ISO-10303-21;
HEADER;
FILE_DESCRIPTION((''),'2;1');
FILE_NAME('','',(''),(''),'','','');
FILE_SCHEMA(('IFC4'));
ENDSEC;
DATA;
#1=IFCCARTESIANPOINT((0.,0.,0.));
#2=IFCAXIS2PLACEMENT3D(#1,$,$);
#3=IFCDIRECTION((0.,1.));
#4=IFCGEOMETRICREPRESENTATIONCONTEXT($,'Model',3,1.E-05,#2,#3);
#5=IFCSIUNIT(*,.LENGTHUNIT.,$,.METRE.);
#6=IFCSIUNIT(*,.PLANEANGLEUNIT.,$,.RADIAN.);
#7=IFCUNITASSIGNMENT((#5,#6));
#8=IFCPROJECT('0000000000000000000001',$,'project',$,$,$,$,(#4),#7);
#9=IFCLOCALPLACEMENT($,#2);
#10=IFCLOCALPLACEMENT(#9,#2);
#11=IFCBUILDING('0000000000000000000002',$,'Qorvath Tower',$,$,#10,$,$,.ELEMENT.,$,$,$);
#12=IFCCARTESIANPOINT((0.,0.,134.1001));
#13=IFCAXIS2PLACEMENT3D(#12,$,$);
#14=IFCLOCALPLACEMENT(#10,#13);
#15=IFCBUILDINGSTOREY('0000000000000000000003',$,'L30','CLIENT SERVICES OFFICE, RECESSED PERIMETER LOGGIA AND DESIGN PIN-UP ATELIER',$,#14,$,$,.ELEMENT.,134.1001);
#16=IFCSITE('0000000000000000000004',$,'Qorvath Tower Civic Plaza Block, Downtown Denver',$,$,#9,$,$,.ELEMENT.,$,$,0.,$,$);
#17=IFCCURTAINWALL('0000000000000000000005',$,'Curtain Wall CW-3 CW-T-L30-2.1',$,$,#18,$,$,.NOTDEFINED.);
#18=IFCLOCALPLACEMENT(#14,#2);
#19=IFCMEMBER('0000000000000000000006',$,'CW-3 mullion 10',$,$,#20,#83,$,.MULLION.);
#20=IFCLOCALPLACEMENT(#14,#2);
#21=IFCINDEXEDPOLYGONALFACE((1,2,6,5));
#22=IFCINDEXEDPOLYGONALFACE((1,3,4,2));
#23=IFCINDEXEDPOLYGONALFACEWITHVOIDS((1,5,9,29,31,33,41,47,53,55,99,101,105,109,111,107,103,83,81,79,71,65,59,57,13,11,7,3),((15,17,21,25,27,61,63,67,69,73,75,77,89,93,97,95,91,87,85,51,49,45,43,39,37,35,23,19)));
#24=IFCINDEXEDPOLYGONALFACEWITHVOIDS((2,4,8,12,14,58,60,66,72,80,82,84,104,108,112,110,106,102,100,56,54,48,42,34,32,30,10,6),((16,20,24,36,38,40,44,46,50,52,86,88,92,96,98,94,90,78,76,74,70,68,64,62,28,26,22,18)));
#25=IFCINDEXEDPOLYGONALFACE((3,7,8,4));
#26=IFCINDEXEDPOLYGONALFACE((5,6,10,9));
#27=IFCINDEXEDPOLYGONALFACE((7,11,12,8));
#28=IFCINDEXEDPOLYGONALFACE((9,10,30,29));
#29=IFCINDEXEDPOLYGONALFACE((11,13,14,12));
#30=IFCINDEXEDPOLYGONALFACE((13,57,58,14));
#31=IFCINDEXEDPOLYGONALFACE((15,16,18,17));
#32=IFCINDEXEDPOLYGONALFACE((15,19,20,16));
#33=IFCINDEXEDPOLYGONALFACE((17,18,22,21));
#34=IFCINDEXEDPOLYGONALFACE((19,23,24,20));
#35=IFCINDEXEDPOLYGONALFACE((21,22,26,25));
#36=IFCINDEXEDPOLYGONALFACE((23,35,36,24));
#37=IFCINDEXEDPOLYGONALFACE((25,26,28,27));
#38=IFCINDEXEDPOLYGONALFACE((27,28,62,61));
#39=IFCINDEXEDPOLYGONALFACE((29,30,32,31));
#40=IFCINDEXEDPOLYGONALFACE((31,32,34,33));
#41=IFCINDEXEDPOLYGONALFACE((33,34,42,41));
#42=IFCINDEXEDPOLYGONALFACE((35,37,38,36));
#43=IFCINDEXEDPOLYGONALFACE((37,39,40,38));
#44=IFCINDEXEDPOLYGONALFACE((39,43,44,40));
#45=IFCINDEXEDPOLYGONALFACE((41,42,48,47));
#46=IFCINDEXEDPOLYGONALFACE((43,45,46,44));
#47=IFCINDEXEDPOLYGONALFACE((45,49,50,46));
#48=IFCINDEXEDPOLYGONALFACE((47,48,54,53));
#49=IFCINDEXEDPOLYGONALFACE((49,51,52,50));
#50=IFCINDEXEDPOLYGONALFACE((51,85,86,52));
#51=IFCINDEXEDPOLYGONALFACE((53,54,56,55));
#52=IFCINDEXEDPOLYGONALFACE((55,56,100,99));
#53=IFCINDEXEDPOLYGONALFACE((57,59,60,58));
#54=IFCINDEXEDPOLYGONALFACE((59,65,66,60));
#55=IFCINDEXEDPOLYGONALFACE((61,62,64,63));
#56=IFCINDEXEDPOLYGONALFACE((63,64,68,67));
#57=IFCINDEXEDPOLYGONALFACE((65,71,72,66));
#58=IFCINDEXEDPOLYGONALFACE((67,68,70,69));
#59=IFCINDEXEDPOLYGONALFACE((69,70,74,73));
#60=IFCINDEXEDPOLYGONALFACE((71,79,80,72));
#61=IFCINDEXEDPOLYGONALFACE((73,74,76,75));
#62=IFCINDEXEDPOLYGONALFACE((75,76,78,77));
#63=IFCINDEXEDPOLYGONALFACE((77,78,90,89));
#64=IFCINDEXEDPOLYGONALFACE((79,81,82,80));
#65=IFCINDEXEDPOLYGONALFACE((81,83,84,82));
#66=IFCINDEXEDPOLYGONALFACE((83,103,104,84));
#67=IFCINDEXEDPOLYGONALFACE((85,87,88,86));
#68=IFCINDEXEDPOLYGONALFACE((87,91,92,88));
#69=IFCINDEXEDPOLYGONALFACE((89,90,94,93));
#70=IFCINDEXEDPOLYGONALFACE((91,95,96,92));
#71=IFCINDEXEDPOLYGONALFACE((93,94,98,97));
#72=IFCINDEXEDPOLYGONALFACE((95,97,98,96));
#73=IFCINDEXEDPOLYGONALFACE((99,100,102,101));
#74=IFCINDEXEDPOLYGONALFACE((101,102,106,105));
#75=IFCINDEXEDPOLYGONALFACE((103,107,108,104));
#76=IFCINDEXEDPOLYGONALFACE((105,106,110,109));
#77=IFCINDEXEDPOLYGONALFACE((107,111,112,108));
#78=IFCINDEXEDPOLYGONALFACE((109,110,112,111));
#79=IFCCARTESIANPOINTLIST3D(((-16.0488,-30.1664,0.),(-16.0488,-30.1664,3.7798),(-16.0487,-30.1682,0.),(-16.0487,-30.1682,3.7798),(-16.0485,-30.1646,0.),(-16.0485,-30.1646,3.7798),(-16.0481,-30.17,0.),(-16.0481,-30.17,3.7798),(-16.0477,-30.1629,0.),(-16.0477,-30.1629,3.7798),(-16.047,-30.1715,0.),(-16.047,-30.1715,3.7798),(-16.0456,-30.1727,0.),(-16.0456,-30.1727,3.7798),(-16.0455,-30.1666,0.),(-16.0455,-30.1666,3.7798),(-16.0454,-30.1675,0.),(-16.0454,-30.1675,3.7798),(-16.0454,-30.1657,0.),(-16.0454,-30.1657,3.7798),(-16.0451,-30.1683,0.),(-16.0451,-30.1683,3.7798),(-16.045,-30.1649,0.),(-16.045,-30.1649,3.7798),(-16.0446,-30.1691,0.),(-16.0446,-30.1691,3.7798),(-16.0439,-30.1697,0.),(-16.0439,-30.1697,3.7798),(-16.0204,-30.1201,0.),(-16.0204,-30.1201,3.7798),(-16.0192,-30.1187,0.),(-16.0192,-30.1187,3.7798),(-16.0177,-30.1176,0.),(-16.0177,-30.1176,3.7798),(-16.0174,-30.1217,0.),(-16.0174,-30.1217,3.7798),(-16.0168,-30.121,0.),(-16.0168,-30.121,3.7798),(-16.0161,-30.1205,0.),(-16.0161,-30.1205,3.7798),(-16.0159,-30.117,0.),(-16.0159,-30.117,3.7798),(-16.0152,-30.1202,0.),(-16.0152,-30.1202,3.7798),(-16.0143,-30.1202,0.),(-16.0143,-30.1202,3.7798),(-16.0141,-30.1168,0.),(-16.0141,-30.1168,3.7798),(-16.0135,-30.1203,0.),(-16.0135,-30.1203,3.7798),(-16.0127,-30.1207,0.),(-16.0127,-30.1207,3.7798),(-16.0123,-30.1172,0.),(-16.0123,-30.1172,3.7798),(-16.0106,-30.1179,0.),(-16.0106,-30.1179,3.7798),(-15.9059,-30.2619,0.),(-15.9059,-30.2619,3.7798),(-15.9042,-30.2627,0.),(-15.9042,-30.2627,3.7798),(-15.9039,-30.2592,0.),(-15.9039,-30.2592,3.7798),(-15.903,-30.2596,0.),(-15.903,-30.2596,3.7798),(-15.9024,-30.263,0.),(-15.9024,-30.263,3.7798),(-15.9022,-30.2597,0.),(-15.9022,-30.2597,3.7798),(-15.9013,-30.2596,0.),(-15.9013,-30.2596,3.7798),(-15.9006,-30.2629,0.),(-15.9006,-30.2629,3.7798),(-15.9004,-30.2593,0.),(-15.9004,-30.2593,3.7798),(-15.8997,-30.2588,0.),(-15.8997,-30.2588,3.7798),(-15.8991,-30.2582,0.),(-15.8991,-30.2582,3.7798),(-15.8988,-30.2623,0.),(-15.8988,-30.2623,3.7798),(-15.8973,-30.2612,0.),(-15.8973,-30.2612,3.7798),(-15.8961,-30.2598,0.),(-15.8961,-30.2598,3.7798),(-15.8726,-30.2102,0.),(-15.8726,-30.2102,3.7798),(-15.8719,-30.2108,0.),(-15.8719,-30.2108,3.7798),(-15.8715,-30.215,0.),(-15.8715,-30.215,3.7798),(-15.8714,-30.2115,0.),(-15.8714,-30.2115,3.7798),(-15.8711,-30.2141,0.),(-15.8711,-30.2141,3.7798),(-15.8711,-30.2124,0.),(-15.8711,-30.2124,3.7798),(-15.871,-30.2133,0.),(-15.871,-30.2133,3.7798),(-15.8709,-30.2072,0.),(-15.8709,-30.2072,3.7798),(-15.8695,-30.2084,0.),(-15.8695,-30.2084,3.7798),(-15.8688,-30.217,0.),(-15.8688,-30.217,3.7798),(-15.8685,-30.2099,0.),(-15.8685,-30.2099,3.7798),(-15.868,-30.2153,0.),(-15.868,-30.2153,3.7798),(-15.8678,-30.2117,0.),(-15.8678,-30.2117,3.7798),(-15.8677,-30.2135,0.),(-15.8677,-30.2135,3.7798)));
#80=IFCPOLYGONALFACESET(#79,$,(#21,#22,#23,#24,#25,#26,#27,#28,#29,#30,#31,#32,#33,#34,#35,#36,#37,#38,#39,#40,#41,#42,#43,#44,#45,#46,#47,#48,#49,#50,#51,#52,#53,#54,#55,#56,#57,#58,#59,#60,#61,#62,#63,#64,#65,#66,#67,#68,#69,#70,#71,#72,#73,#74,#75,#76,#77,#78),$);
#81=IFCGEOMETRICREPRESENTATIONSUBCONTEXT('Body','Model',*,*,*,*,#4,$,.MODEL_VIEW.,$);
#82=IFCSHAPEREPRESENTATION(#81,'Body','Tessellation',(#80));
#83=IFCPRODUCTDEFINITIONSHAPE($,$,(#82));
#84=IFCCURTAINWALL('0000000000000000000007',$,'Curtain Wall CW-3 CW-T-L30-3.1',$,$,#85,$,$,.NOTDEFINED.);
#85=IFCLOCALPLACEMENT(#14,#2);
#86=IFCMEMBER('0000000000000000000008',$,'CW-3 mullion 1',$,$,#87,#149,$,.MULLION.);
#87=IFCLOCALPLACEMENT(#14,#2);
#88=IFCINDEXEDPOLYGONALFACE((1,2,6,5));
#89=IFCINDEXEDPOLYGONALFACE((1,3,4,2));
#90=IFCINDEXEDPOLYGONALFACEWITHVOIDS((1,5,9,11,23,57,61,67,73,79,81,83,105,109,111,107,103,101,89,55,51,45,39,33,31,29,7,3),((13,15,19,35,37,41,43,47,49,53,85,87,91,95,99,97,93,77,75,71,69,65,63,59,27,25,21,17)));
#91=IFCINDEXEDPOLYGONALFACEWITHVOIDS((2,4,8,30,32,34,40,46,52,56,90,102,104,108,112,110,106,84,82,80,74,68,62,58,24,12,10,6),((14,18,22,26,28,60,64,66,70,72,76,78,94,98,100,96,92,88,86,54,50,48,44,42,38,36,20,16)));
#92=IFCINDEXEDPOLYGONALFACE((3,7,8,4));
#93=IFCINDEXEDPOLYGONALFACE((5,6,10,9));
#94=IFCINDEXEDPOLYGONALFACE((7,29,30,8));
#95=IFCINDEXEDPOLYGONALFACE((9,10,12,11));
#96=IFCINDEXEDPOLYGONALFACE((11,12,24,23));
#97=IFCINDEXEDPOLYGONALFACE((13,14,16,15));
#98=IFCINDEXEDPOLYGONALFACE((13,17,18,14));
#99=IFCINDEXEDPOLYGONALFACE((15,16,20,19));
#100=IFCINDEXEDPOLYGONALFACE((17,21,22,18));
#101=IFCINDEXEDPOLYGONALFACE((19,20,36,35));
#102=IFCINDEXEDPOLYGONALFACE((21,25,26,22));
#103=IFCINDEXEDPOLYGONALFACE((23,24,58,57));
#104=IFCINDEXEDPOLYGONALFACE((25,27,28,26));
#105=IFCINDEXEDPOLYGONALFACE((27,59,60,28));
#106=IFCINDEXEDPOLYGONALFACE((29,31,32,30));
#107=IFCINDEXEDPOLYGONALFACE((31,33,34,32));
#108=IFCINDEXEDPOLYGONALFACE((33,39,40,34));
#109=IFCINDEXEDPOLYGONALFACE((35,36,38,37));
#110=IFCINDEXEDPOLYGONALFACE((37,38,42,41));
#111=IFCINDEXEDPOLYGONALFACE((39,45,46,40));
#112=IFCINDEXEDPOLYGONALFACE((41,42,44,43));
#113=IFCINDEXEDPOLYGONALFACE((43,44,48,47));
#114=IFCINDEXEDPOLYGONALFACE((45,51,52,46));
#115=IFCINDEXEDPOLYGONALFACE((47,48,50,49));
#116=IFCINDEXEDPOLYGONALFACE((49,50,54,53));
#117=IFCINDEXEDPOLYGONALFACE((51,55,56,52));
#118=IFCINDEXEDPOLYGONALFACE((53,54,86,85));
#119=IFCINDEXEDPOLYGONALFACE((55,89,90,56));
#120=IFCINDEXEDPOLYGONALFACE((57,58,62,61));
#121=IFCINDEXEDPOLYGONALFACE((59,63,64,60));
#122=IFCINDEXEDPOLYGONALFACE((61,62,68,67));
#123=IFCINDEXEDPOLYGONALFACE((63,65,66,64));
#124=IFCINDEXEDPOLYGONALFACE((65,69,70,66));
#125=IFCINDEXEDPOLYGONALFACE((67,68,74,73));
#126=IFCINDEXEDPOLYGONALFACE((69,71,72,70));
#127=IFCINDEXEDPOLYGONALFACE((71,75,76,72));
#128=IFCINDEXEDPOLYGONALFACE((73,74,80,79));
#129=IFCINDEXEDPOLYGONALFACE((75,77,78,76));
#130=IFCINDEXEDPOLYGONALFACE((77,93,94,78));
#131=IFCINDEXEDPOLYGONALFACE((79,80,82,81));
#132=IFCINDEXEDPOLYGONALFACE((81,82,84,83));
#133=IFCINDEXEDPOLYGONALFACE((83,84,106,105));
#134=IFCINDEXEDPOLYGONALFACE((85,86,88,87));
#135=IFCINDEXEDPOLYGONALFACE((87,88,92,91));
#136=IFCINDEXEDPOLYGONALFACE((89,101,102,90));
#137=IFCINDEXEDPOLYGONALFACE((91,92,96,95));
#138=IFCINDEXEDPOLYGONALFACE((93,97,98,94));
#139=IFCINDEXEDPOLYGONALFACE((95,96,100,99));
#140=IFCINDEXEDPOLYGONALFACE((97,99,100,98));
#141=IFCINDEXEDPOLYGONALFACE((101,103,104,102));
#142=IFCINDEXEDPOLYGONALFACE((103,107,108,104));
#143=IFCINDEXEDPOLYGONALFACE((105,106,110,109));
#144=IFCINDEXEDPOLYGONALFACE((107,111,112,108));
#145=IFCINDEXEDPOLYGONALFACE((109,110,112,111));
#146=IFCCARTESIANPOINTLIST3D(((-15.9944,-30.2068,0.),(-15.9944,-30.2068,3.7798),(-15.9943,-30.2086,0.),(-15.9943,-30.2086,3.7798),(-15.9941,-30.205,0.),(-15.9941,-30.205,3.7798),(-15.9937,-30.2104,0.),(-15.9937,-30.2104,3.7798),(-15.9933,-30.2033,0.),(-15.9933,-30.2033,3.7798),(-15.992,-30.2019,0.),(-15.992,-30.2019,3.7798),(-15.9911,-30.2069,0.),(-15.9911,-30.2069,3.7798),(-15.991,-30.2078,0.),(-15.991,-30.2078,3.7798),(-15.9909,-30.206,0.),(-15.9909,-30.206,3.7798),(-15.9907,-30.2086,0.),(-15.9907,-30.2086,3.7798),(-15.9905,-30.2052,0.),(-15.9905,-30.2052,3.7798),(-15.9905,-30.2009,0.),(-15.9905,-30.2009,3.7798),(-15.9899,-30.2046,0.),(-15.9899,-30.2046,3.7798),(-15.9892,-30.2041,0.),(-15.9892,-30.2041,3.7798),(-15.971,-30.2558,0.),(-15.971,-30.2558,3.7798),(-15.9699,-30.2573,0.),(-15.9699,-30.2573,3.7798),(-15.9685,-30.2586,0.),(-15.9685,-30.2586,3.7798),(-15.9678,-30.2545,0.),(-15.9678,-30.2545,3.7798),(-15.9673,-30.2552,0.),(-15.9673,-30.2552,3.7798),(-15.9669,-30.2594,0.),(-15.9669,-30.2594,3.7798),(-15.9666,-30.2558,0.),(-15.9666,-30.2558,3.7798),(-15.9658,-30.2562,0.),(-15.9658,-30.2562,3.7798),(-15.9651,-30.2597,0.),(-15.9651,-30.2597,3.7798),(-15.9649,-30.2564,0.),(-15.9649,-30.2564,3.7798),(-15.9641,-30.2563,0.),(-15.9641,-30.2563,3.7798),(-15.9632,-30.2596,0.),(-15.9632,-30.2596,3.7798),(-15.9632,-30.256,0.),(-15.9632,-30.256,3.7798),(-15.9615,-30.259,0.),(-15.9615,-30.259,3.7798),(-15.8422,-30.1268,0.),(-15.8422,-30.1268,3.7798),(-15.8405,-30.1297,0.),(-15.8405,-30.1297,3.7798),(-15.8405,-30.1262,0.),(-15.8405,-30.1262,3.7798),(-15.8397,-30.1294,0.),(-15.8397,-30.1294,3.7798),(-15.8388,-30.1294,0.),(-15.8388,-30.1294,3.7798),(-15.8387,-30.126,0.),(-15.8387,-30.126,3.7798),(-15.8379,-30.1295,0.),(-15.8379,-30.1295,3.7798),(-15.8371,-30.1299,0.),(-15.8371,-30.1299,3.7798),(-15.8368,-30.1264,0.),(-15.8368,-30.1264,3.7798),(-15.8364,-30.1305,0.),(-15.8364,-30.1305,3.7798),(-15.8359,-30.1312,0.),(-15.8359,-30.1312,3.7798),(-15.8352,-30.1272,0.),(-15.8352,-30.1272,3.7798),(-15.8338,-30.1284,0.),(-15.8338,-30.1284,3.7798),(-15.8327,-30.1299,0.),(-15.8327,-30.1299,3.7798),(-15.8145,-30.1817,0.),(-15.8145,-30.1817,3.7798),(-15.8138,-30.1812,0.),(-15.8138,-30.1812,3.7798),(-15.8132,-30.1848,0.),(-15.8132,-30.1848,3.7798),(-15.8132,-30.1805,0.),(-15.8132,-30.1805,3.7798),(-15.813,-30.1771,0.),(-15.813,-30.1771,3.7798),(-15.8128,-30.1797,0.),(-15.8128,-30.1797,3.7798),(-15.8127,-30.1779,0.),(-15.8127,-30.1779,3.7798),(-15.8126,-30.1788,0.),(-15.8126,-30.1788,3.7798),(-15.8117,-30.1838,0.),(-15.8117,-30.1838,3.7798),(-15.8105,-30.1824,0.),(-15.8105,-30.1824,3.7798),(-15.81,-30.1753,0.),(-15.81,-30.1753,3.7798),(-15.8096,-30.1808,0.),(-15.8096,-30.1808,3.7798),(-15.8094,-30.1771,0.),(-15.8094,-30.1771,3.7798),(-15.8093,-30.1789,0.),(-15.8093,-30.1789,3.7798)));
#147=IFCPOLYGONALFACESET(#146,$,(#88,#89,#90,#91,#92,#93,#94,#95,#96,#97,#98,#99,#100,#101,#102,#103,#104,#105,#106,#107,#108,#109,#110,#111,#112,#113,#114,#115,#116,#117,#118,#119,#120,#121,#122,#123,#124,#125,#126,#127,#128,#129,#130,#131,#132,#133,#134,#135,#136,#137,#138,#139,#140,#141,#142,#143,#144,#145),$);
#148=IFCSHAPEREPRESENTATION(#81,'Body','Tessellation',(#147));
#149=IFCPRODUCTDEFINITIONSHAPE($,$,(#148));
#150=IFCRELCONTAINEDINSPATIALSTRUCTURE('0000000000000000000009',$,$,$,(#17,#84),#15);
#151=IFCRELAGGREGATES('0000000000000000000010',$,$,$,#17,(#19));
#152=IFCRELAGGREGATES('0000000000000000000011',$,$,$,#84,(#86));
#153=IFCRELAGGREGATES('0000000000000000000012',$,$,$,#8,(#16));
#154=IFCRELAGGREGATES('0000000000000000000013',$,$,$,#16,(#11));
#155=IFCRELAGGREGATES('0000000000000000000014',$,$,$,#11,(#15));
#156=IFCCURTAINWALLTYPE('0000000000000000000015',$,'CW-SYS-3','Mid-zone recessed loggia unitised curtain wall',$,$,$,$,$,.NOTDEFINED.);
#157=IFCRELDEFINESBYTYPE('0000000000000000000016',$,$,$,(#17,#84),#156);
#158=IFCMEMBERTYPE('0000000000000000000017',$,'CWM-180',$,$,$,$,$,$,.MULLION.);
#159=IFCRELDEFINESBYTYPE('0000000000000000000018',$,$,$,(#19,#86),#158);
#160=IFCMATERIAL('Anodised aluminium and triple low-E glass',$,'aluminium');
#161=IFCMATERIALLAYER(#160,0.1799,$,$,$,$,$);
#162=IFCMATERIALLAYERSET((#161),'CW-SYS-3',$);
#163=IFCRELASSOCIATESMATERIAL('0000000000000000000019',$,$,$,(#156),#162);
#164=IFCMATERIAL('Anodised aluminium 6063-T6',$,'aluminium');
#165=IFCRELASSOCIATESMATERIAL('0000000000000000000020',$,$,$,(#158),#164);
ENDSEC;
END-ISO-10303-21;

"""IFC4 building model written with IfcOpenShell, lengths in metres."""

from ifc_helpers import new_model, si_unit, direction, frame, origin, origin_2d, place, context, subcontext, project, spatial, hollow_rectangle, extrude, material, layer, layer_set, material_profile, profile_set, type_object, element, aggregate, save


model = new_model("IFC4")

# Units and contexts
model_context = context("Model", 3, precision=1e-05, world=origin(), true_north=direction((0.0, 1.0)))
body_context = subcontext(model_context, "Body", "Model", "MODEL_VIEW")
ifc_project = project(units=[si_unit("LENGTHUNIT", "METRE"), si_unit("PLANEANGLEUNIT", "RADIAN")], contexts=[model_context])

# Site, building, storey
site_placement = place(None, origin())
site = spatial("IfcSite", under=ifc_project, at=site_placement, Name="Qorvath Tower Civic Plaza Block, Downtown Denver", CompositionType="ELEMENT", RefElevation=0.0)
building_placement = place(site_placement, origin())
building = spatial("IfcBuilding", under=site, at=building_placement, Name="Qorvath Tower", CompositionType="ELEMENT")
storey_placement = place(building_placement, frame((0.0, 0.0, 134.1001)))
storey = spatial("IfcBuildingStorey", under=building, at=storey_placement, Name="L30", Description="CLIENT SERVICES OFFICE, RECESSED PERIMETER LOGGIA AND DESIGN PIN-UP ATELIER", CompositionType="ELEMENT", Elevation=134.1001)

# Curtain walls, members
ifc_material_1 = material(Name="Anodised aluminium and triple low-E glass", Category="aluminium")
ifc_layer_1 = layer(ifc_material_1, 0.1799)
ifc_layer_set_1 = layer_set([ifc_layer_1], Name="CW-SYS-3")
curtain_wall_type = type_object("IfcCurtainWallType", Name="CW-SYS-3", Description="Mid-zone recessed loggia unitised curtain wall", PredefinedType="NOTDEFINED", material=ifc_layer_set_1)
curtain_wall_1_placement = place(storey_placement, origin())
curtain_wall_1 = element("IfcCurtainWall", 1, at=curtain_wall_1_placement, inside=storey, type_object=curtain_wall_type, Name="Curtain Wall CW-3 CW-T-L30-2.1", PredefinedType="NOTDEFINED")
ifc_material_2 = material(Name="Anodised aluminium 6063-T6", Category="aluminium")
ifc_material_profile_1 = material_profile(ifc_material_2, hollow_rectangle(XDim=0.0649, YDim=0.1799, WallThickness=0.0034, InnerFilletRadius=0.0034, OuterFilletRadius=0.0071, at=origin_2d()), Name="CWM 180x65")
ifc_profile_set_1 = profile_set([ifc_material_profile_1], Name="Anodised aluminium 6063-T6")
member_type_1 = type_object("IfcMemberType", Name="CWM-180", PredefinedType="MULLION", material=ifc_profile_set_1)
member_1_placement = place(storey_placement, frame((-15.9583, -30.1899, 0.0), z_axis=(0.0, 0.0, 1.0), x_axis=(0.538534, 0.842604, 0.0)))
member_1 = element("IfcMember", 2, at=member_1_placement, type_object=member_type_1, Name="CW-3 mullion 10", PredefinedType="MULLION", context=body_context, shape_type="SweptSolid", body=[
    extrude(hollow_rectangle(XDim=0.0649, YDim=0.1799, WallThickness=0.0034, InnerFilletRadius=0.0034, OuterFilletRadius=0.0071, at=origin_2d()), origin(), (0.0, 0.0, 1.0), 3.7798),
])
curtain_wall_2_placement = place(storey_placement, origin())
curtain_wall_2 = element("IfcCurtainWall", 3, at=curtain_wall_2_placement, inside=storey, type_object=curtain_wall_type, Name="Curtain Wall CW-3 CW-T-L30-3.1", PredefinedType="NOTDEFINED")
member_2_placement = place(storey_placement, frame((-15.9019, -30.1929, 0.0), z_axis=(0.0, 0.0, 1.0), x_axis=(-0.447214, 0.894427, 0.0)))
member_2 = element("IfcMember", 4, at=member_2_placement, type_object=member_type_1, Name="CW-3 mullion 1", PredefinedType="MULLION", context=body_context, shape_type="SweptSolid", body=[
    extrude(hollow_rectangle(XDim=0.0649, YDim=0.1799, WallThickness=0.0034, InnerFilletRadius=0.0034, OuterFilletRadius=0.0071, at=origin_2d()), origin(), (0.0, 0.0, 1.0), 3.7798),
])

aggregate(curtain_wall_1, [member_1])
aggregate(curtain_wall_2, [member_2])

save(model, "model.ifc")
